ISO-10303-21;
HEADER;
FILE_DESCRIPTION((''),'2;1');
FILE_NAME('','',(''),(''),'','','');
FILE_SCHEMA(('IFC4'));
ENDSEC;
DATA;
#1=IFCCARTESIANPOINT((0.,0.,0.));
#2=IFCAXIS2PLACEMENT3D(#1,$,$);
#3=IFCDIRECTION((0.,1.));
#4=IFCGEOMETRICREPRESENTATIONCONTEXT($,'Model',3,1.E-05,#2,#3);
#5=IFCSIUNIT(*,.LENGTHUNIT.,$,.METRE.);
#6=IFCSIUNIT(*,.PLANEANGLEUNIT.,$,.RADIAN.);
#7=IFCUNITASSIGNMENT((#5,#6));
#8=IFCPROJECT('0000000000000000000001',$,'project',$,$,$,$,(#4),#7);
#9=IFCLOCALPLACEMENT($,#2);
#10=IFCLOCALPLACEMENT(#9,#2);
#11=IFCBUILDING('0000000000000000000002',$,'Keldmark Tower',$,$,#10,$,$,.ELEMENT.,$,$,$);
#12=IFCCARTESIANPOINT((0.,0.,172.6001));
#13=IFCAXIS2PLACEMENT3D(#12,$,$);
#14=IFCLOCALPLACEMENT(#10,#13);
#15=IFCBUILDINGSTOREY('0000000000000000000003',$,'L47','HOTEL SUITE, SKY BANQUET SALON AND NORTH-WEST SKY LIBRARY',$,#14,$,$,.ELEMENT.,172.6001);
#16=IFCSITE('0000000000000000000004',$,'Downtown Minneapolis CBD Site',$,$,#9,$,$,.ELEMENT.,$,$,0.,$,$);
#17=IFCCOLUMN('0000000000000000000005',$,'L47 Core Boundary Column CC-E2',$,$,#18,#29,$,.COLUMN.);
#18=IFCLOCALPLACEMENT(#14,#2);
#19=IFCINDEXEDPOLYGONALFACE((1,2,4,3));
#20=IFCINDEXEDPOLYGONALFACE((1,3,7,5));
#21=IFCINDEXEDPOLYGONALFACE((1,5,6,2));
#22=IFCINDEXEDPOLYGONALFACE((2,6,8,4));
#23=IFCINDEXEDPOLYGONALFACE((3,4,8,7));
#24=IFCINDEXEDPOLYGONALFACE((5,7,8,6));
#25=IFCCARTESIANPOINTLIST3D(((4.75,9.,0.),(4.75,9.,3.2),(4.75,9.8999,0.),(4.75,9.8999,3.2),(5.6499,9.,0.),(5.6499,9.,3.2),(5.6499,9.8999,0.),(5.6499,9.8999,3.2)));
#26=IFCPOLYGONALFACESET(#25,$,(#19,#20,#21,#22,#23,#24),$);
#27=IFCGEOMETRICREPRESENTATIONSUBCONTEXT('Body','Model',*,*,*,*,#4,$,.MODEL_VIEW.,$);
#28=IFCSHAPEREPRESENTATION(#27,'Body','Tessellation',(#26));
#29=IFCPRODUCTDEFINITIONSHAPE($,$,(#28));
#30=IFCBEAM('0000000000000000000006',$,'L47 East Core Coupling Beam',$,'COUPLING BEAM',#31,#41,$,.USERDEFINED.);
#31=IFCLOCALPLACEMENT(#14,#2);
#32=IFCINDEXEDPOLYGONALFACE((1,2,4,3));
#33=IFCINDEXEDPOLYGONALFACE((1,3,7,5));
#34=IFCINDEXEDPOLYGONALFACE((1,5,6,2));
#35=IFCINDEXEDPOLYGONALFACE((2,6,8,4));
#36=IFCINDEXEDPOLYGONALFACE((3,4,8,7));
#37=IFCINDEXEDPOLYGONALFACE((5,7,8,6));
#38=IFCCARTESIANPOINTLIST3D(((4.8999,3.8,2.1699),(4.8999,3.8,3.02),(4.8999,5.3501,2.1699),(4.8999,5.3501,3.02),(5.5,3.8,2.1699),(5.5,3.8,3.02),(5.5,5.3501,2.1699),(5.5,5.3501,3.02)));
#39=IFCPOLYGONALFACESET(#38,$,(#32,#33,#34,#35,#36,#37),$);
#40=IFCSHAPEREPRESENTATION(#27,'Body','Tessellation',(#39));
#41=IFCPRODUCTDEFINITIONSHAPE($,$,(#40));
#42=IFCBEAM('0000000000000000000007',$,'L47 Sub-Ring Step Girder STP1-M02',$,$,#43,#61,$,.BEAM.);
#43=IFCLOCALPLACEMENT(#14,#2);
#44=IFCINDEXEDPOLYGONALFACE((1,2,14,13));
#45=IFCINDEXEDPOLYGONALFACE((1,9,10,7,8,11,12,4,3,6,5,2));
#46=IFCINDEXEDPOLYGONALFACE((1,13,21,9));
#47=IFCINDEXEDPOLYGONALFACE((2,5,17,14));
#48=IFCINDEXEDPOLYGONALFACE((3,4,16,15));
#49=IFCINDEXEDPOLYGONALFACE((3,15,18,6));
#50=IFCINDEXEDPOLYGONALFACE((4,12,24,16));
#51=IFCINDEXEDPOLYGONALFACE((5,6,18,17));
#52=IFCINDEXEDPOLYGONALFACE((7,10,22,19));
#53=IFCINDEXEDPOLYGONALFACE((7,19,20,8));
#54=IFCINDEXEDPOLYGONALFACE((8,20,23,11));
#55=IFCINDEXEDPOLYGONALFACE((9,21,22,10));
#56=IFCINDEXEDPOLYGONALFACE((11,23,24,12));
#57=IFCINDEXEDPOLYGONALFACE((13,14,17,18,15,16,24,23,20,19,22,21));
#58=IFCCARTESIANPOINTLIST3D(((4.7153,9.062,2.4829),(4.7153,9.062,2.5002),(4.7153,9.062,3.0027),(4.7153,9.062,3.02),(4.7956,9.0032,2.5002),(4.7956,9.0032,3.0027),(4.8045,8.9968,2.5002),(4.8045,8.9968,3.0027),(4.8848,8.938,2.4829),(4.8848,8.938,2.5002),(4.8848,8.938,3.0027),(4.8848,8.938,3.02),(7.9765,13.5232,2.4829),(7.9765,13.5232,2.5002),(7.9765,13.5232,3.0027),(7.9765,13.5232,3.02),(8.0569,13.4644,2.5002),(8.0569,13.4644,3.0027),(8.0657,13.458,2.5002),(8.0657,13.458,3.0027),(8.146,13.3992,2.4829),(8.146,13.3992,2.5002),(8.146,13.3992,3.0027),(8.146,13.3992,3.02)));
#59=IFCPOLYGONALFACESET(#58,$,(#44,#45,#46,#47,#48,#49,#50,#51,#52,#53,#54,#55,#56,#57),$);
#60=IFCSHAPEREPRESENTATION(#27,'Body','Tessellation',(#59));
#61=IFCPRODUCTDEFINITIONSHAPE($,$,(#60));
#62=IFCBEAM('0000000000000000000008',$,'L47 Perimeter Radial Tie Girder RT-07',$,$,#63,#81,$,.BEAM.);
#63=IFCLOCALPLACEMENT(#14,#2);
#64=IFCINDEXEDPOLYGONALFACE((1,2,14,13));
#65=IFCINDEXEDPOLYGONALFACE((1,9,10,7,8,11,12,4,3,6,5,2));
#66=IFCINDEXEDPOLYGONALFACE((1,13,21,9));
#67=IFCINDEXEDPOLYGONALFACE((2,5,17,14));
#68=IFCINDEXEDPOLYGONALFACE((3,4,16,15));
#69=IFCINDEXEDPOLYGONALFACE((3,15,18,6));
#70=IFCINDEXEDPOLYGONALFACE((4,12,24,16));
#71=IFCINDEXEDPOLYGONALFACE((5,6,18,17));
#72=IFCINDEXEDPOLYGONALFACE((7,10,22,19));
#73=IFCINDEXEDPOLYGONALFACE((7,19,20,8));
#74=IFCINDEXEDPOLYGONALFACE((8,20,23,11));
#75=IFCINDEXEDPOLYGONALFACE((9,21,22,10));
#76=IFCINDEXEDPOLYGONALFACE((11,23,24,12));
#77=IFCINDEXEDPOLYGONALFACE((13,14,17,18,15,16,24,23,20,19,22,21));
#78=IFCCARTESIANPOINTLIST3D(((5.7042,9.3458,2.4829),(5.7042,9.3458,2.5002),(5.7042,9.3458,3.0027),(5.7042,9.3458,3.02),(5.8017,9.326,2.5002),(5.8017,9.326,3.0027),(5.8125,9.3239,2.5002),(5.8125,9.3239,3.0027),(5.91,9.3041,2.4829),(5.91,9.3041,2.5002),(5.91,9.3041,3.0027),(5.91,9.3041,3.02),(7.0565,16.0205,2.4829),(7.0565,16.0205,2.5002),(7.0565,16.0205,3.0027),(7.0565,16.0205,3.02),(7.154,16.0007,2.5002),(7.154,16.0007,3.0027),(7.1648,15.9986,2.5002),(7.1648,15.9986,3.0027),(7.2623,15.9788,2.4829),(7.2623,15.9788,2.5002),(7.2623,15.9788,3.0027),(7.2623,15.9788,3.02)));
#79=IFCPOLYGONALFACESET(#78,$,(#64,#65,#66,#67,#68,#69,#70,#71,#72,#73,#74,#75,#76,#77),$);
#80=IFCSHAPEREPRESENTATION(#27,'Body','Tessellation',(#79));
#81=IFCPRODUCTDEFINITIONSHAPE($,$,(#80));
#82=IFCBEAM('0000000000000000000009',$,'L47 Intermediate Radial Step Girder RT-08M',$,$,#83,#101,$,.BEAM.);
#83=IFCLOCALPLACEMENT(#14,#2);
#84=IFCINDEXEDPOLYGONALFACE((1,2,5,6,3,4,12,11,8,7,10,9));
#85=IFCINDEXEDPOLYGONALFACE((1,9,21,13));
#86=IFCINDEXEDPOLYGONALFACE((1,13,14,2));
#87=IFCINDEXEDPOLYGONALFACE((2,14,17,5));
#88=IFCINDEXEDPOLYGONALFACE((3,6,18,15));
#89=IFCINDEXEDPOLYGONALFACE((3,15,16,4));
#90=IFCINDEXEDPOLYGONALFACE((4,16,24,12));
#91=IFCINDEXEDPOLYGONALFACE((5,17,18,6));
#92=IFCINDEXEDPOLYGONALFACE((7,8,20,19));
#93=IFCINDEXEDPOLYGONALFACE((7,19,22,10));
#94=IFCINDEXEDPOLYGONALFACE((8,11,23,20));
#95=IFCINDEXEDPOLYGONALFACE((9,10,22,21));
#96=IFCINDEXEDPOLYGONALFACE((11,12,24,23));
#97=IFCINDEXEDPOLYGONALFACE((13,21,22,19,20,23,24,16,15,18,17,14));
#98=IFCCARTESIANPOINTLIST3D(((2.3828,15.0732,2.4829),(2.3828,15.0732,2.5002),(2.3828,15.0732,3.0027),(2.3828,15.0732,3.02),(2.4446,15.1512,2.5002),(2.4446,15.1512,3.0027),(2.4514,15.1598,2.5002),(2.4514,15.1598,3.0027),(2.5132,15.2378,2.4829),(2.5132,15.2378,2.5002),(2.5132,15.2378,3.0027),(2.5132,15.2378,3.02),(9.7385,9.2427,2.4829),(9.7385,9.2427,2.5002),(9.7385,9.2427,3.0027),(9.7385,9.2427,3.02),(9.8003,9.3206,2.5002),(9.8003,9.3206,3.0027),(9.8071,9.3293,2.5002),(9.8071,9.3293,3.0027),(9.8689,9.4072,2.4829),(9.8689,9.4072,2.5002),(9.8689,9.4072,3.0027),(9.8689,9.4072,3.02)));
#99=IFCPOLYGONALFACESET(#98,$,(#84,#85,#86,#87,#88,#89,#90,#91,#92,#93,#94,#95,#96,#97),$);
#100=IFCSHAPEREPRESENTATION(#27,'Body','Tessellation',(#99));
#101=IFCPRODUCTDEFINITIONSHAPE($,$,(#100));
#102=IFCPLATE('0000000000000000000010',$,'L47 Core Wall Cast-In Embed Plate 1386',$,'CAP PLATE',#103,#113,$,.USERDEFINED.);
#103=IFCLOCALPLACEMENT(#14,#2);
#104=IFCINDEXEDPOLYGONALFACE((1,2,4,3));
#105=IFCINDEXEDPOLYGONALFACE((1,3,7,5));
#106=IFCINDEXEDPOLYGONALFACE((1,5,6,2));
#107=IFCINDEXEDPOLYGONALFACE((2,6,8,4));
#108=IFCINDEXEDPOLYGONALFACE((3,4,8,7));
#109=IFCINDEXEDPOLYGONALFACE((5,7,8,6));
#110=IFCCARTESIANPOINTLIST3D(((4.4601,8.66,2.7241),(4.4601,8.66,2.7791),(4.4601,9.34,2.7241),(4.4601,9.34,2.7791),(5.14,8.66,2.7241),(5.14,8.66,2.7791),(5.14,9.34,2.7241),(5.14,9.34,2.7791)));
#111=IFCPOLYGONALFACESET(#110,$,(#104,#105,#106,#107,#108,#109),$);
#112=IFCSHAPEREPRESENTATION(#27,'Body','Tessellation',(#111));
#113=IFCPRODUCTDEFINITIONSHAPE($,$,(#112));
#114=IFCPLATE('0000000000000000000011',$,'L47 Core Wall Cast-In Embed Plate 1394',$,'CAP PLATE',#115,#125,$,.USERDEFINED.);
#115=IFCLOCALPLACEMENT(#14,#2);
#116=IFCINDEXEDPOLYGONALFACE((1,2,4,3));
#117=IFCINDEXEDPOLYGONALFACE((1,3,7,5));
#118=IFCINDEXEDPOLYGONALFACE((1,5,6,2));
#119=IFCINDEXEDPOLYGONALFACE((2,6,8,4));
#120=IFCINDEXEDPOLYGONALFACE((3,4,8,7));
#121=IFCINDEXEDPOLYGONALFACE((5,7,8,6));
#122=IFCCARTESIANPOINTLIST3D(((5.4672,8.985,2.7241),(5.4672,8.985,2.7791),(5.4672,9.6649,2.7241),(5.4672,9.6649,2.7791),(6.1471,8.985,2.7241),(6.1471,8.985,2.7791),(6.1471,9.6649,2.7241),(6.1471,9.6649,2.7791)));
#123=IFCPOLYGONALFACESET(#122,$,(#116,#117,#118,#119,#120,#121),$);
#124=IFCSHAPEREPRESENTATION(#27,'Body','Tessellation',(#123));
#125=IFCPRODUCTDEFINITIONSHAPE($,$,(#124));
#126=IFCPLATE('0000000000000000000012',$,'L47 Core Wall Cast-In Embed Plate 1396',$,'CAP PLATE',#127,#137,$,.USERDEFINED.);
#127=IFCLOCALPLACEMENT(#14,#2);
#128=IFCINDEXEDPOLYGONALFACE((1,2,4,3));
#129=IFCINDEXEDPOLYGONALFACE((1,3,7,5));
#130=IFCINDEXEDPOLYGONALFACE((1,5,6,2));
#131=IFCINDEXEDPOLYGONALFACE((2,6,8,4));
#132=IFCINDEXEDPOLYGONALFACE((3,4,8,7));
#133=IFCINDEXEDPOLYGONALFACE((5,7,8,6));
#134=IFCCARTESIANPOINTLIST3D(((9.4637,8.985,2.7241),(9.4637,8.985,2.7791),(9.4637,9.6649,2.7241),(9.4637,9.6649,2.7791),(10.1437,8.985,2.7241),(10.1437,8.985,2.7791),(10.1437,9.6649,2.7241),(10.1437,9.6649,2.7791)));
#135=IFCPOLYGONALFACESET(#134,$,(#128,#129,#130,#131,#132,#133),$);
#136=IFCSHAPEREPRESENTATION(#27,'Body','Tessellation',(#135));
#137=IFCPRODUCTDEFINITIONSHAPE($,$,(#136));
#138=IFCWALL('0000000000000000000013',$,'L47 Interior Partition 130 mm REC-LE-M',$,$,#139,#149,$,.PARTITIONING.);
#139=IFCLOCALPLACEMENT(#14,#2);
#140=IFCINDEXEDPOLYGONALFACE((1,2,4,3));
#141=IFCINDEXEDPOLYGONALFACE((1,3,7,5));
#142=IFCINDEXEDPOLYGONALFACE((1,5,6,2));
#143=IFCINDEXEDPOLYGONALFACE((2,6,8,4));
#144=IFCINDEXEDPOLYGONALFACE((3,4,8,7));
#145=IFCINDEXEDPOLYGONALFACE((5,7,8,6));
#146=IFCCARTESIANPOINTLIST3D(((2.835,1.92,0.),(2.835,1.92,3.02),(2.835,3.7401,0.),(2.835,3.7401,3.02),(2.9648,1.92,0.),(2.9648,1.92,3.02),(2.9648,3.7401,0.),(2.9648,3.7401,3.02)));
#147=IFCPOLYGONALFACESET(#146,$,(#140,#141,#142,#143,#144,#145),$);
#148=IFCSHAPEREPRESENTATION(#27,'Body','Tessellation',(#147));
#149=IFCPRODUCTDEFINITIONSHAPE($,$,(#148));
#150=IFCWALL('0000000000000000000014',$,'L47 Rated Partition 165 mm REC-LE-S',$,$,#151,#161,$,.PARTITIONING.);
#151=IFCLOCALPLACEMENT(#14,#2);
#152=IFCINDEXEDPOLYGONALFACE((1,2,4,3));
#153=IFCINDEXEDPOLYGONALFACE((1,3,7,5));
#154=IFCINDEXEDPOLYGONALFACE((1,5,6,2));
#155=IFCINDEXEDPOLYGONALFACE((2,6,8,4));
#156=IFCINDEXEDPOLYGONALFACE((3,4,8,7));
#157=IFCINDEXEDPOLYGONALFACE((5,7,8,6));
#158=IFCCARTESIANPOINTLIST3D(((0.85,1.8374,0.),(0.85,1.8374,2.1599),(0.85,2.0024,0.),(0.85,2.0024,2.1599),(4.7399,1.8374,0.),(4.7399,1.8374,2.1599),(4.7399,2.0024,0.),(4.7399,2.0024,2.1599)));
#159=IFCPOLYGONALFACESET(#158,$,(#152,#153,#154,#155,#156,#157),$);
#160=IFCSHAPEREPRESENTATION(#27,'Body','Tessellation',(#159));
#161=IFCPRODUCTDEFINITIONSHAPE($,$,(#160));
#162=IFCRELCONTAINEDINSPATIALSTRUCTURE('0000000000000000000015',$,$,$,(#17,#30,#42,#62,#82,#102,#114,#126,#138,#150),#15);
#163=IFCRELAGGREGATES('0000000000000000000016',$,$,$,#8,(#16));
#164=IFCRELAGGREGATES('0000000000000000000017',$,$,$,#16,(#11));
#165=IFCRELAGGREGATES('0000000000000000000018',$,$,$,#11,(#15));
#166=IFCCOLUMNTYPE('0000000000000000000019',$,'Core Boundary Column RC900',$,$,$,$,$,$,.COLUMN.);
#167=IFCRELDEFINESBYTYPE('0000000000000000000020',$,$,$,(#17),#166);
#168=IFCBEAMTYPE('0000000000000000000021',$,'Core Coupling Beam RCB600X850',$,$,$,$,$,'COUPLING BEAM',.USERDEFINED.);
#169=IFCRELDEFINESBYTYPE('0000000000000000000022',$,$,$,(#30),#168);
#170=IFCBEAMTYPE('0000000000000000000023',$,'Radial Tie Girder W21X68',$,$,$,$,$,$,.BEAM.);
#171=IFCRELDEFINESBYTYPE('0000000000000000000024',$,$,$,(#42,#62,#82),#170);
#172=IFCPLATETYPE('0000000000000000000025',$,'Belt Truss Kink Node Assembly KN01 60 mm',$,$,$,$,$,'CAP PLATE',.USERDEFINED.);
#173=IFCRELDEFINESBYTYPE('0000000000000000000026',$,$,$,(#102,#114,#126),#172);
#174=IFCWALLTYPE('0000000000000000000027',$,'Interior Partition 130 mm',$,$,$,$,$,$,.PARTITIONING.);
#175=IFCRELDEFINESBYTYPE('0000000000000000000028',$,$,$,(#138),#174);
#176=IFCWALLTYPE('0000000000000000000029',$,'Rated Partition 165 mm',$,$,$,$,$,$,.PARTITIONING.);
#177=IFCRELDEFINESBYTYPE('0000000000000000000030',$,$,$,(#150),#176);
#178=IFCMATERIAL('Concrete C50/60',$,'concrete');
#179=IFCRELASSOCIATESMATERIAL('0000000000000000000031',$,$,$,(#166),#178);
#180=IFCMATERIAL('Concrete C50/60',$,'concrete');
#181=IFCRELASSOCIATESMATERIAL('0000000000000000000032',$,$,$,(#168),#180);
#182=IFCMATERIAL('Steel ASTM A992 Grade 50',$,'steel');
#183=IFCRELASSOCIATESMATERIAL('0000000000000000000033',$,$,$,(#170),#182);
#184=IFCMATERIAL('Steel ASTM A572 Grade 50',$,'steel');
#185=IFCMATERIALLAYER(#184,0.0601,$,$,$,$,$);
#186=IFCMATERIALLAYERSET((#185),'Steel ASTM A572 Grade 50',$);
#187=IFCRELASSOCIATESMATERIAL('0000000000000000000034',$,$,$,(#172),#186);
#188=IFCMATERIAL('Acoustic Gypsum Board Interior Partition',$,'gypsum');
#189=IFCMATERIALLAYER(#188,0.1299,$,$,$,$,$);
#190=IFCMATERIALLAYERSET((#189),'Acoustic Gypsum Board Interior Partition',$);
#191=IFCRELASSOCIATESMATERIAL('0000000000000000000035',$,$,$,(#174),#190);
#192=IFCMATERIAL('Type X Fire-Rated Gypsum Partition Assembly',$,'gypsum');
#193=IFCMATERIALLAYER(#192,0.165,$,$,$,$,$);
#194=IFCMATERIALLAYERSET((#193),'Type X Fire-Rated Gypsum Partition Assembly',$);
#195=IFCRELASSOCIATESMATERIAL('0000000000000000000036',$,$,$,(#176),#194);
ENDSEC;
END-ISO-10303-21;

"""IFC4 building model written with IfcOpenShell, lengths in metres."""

from ifc_helpers import new_model, si_unit, direction, frame, frame_2d, origin, origin_2d, place, context, subcontext, project, spatial, rectangle, i_section, extrude, material, layer, layer_set, material_profile, profile_set, type_object, element, save


model = new_model("IFC4")

# Units and contexts
model_context = context("Model", 3, precision=1e-05, world=origin(), true_north=direction((0.0, 1.0)))
body_context = subcontext(model_context, "Body", "Model", "MODEL_VIEW")
ifc_project = project(units=[si_unit("LENGTHUNIT", "METRE"), si_unit("PLANEANGLEUNIT", "RADIAN")], contexts=[model_context])

# Site, building, storey
site_placement = place(None, origin())
site = spatial("IfcSite", under=ifc_project, at=site_placement, Name="Downtown Minneapolis CBD Site", CompositionType="ELEMENT", RefElevation=0.0)
building_placement = place(site_placement, origin())
building = spatial("IfcBuilding", under=site, at=building_placement, Name="Keldmark Tower", CompositionType="ELEMENT")
storey_placement = place(building_placement, frame((0.0, 0.0, 172.6001)))
storey = spatial("IfcBuildingStorey", under=building, at=storey_placement, Name="L47", Description="HOTEL SUITE, SKY BANQUET SALON AND NORTH-WEST SKY LIBRARY", CompositionType="ELEMENT", Elevation=172.6001)

# Column
ifc_material_1 = material(Name="Concrete C50/60", Category="concrete")
ifc_material_profile_1 = material_profile(ifc_material_1, rectangle(XDim=0.8999, YDim=0.8999, at=origin_2d()), Name="RC900X900")
ifc_profile_set_1 = profile_set([ifc_material_profile_1], Name="Concrete C50/60")
column_type = type_object("IfcColumnType", Name="Core Boundary Column RC900", PredefinedType="COLUMN", material=ifc_profile_set_1)
column_placement = place(storey_placement, frame((5.2, 9.45, 0.0), z_axis=(0.0, 0.0, 1.0), x_axis=(1.0, 0.0, 0.0)))
element("IfcColumn", 1, at=column_placement, inside=storey, type_object=column_type, Name="L47 Core Boundary Column CC-E2", PredefinedType="COLUMN", context=body_context, shape_type="SweptSolid", body=[
    extrude(rectangle(XDim=0.8999, YDim=0.8999, at=origin_2d()), origin(), (0.0, 0.0, 1.0), 3.2),
])

# Beams
ifc_material_2 = material(Name="Concrete C50/60", Category="concrete")
ifc_material_profile_2 = material_profile(ifc_material_2, rectangle(XDim=0.6001, YDim=0.8501, at=origin_2d()), Name="RCB600X850")
ifc_profile_set_2 = profile_set([ifc_material_profile_2], Name="Concrete C50/60")
beam_type_1 = type_object("IfcBeamType", Name="Core Coupling Beam RCB600X850", ElementType="COUPLING BEAM", PredefinedType="USERDEFINED", material=ifc_profile_set_2)
beam_1_placement = place(storey_placement, frame((5.2, 3.8, 2.595), z_axis=(0.0, 1.0, 0.0), x_axis=(-1.0, 0.0, 0.0)))
element("IfcBeam", 2, at=beam_1_placement, inside=storey, type_object=beam_type_1, Name="L47 East Core Coupling Beam", ObjectType="COUPLING BEAM", PredefinedType="USERDEFINED", context=body_context, shape_type="SweptSolid", body=[
    extrude(rectangle(XDim=0.6001, YDim=0.8501, at=origin_2d()), origin(), (0.0, 0.0, 1.0), 1.55),
])
ifc_material_3 = material(Name="Steel ASTM A992 Grade 50", Category="steel")
ifc_material_profile_3 = material_profile(ifc_material_3, i_section(OverallWidth=0.21, OverallDepth=0.5371, WebThickness=0.011, FlangeThickness=0.0173, at=origin_2d()), Name="W21X68")
ifc_profile_set_3 = profile_set([ifc_material_profile_3], Name="Steel ASTM A992 Grade 50")
beam_type_2 = type_object("IfcBeamType", Name="Radial Tie Girder W21X68", PredefinedType="BEAM", material=ifc_profile_set_3)
beam_2_placement = place(storey_placement, frame((4.8, 9.0, 2.7515), z_axis=(0.590151, 0.807293, 0.0), x_axis=(-0.807293, 0.590151, 0.0)))
element("IfcBeam", 3, at=beam_2_placement, inside=storey, type_object=beam_type_2, Name="L47 Sub-Ring Step Girder STP1-M02", PredefinedType="BEAM", context=body_context, shape_type="SweptSolid", body=[
    extrude(i_section(OverallWidth=0.21, OverallDepth=0.5371, WebThickness=0.011, FlangeThickness=0.0173, at=origin_2d()), origin(), (0.0, 0.0, 1.0), 5.5261),
])
beam_3_placement = place(storey_placement, frame((5.8071, 9.325, 2.7515), z_axis=(0.198563, 0.980088, 0.0), x_axis=(-0.980088, 0.198563, 0.0)))
element("IfcBeam", 4, at=beam_3_placement, inside=storey, type_object=beam_type_2, Name="L47 Perimeter Radial Tie Girder RT-07", PredefinedType="BEAM", context=body_context, shape_type="SweptSolid", body=[
    extrude(i_section(OverallWidth=0.21, OverallDepth=0.5371, WebThickness=0.011, FlangeThickness=0.0173, at=origin_2d()), origin(), (0.0, 0.0, 1.0), 6.8103),
])
beam_4_placement = place(storey_placement, frame((9.8037, 9.325, 2.7515), z_axis=(-0.783668, 0.621181, 0.0), x_axis=(-0.621181, -0.783668, 0.0)))
element("IfcBeam", 5, at=beam_4_placement, inside=storey, type_object=beam_type_2, Name="L47 Intermediate Radial Step Girder RT-08M", PredefinedType="BEAM", context=body_context, shape_type="SweptSolid", body=[
    extrude(i_section(OverallWidth=0.21, OverallDepth=0.5371, WebThickness=0.011, FlangeThickness=0.0173, at=origin_2d()), origin(), (0.0, 0.0, 1.0), 9.3862),
])

# Plates
ifc_material_4 = material(Name="Steel ASTM A572 Grade 50", Category="steel")
ifc_layer_1 = layer(ifc_material_4, 0.0601)
ifc_layer_set_1 = layer_set([ifc_layer_1], Name="Steel ASTM A572 Grade 50")
plate_type = type_object("IfcPlateType", Name="Belt Truss Kink Node Assembly KN01 60 mm", ElementType="CAP PLATE", PredefinedType="USERDEFINED", material=ifc_layer_set_1)
for number, where, z_axis, x_axis, name in (
    (6, (4.8, 9.0, 2.7241), (0.0, 0.0, 1.0), (1.0, 0.0, 0.0), "L47 Core Wall Cast-In Embed Plate 1386"),
    (7, (5.8071, 9.325, 2.7241), (0.0, 0.0, 1.0), (1.0, 0.0, 0.0), "L47 Core Wall Cast-In Embed Plate 1394"),
    (8, (9.8037, 9.325, 2.7241), (0.0, 0.0, 1.0), (1.0, 0.0, 0.0), "L47 Core Wall Cast-In Embed Plate 1396"),
):
    element("IfcPlate", number, at=place(storey_placement, frame(where, z_axis=z_axis, x_axis=x_axis)), inside=storey, type_object=plate_type, Name=name, ObjectType="CAP PLATE", PredefinedType="USERDEFINED", context=body_context, shape_type="SweptSolid", body=[
        extrude(rectangle(XDim=0.6799, YDim=0.6799, at=origin_2d()), origin(), (0.0, 0.0, 1.0), 0.0549),
    ])

# Walls
ifc_material_5 = material(Name="Acoustic Gypsum Board Interior Partition", Category="gypsum")
ifc_layer_2 = layer(ifc_material_5, 0.1299)
ifc_layer_set_2 = layer_set([ifc_layer_2], Name="Acoustic Gypsum Board Interior Partition")
wall_type_1 = type_object("IfcWallType", Name="Interior Partition 130 mm", PredefinedType="PARTITIONING", material=ifc_layer_set_2)
wall_1_placement = place(storey_placement, frame((2.8999, 1.9199, 0.0), z_axis=(0.0, 0.0, 1.0), x_axis=(0.0, 1.0, 0.0)))
element("IfcWall", 9, at=wall_1_placement, inside=storey, type_object=wall_type_1, Name="L47 Interior Partition 130 mm REC-LE-M", PredefinedType="PARTITIONING", context=body_context, shape_type="SweptSolid", body=[
    extrude(rectangle(XDim=1.8201, YDim=0.1299, at=frame_2d((0.9102, 0.0))), origin(), (0.0, 0.0, 1.0), 3.02),
])
ifc_material_6 = material(Name="Type X Fire-Rated Gypsum Partition Assembly", Category="gypsum")
ifc_layer_3 = layer(ifc_material_6, 0.165)
ifc_layer_set_3 = layer_set([ifc_layer_3], Name="Type X Fire-Rated Gypsum Partition Assembly")
wall_type_2 = type_object("IfcWallType", Name="Rated Partition 165 mm", PredefinedType="PARTITIONING", material=ifc_layer_set_3)
wall_2_placement = place(storey_placement, frame((0.8501, 1.9199, 0.0), z_axis=(0.0, 0.0, 1.0), x_axis=(1.0, 0.0, 0.0)))
element("IfcWall", 10, at=wall_2_placement, inside=storey, type_object=wall_type_2, Name="L47 Rated Partition 165 mm REC-LE-S", PredefinedType="PARTITIONING", context=body_context, shape_type="SweptSolid", body=[
    extrude(rectangle(XDim=3.8899, YDim=0.165, at=frame_2d((1.9448, 0.0))), origin(), (0.0, 0.0, 1.0), 2.1599),
])

save(model, "model.ifc")
